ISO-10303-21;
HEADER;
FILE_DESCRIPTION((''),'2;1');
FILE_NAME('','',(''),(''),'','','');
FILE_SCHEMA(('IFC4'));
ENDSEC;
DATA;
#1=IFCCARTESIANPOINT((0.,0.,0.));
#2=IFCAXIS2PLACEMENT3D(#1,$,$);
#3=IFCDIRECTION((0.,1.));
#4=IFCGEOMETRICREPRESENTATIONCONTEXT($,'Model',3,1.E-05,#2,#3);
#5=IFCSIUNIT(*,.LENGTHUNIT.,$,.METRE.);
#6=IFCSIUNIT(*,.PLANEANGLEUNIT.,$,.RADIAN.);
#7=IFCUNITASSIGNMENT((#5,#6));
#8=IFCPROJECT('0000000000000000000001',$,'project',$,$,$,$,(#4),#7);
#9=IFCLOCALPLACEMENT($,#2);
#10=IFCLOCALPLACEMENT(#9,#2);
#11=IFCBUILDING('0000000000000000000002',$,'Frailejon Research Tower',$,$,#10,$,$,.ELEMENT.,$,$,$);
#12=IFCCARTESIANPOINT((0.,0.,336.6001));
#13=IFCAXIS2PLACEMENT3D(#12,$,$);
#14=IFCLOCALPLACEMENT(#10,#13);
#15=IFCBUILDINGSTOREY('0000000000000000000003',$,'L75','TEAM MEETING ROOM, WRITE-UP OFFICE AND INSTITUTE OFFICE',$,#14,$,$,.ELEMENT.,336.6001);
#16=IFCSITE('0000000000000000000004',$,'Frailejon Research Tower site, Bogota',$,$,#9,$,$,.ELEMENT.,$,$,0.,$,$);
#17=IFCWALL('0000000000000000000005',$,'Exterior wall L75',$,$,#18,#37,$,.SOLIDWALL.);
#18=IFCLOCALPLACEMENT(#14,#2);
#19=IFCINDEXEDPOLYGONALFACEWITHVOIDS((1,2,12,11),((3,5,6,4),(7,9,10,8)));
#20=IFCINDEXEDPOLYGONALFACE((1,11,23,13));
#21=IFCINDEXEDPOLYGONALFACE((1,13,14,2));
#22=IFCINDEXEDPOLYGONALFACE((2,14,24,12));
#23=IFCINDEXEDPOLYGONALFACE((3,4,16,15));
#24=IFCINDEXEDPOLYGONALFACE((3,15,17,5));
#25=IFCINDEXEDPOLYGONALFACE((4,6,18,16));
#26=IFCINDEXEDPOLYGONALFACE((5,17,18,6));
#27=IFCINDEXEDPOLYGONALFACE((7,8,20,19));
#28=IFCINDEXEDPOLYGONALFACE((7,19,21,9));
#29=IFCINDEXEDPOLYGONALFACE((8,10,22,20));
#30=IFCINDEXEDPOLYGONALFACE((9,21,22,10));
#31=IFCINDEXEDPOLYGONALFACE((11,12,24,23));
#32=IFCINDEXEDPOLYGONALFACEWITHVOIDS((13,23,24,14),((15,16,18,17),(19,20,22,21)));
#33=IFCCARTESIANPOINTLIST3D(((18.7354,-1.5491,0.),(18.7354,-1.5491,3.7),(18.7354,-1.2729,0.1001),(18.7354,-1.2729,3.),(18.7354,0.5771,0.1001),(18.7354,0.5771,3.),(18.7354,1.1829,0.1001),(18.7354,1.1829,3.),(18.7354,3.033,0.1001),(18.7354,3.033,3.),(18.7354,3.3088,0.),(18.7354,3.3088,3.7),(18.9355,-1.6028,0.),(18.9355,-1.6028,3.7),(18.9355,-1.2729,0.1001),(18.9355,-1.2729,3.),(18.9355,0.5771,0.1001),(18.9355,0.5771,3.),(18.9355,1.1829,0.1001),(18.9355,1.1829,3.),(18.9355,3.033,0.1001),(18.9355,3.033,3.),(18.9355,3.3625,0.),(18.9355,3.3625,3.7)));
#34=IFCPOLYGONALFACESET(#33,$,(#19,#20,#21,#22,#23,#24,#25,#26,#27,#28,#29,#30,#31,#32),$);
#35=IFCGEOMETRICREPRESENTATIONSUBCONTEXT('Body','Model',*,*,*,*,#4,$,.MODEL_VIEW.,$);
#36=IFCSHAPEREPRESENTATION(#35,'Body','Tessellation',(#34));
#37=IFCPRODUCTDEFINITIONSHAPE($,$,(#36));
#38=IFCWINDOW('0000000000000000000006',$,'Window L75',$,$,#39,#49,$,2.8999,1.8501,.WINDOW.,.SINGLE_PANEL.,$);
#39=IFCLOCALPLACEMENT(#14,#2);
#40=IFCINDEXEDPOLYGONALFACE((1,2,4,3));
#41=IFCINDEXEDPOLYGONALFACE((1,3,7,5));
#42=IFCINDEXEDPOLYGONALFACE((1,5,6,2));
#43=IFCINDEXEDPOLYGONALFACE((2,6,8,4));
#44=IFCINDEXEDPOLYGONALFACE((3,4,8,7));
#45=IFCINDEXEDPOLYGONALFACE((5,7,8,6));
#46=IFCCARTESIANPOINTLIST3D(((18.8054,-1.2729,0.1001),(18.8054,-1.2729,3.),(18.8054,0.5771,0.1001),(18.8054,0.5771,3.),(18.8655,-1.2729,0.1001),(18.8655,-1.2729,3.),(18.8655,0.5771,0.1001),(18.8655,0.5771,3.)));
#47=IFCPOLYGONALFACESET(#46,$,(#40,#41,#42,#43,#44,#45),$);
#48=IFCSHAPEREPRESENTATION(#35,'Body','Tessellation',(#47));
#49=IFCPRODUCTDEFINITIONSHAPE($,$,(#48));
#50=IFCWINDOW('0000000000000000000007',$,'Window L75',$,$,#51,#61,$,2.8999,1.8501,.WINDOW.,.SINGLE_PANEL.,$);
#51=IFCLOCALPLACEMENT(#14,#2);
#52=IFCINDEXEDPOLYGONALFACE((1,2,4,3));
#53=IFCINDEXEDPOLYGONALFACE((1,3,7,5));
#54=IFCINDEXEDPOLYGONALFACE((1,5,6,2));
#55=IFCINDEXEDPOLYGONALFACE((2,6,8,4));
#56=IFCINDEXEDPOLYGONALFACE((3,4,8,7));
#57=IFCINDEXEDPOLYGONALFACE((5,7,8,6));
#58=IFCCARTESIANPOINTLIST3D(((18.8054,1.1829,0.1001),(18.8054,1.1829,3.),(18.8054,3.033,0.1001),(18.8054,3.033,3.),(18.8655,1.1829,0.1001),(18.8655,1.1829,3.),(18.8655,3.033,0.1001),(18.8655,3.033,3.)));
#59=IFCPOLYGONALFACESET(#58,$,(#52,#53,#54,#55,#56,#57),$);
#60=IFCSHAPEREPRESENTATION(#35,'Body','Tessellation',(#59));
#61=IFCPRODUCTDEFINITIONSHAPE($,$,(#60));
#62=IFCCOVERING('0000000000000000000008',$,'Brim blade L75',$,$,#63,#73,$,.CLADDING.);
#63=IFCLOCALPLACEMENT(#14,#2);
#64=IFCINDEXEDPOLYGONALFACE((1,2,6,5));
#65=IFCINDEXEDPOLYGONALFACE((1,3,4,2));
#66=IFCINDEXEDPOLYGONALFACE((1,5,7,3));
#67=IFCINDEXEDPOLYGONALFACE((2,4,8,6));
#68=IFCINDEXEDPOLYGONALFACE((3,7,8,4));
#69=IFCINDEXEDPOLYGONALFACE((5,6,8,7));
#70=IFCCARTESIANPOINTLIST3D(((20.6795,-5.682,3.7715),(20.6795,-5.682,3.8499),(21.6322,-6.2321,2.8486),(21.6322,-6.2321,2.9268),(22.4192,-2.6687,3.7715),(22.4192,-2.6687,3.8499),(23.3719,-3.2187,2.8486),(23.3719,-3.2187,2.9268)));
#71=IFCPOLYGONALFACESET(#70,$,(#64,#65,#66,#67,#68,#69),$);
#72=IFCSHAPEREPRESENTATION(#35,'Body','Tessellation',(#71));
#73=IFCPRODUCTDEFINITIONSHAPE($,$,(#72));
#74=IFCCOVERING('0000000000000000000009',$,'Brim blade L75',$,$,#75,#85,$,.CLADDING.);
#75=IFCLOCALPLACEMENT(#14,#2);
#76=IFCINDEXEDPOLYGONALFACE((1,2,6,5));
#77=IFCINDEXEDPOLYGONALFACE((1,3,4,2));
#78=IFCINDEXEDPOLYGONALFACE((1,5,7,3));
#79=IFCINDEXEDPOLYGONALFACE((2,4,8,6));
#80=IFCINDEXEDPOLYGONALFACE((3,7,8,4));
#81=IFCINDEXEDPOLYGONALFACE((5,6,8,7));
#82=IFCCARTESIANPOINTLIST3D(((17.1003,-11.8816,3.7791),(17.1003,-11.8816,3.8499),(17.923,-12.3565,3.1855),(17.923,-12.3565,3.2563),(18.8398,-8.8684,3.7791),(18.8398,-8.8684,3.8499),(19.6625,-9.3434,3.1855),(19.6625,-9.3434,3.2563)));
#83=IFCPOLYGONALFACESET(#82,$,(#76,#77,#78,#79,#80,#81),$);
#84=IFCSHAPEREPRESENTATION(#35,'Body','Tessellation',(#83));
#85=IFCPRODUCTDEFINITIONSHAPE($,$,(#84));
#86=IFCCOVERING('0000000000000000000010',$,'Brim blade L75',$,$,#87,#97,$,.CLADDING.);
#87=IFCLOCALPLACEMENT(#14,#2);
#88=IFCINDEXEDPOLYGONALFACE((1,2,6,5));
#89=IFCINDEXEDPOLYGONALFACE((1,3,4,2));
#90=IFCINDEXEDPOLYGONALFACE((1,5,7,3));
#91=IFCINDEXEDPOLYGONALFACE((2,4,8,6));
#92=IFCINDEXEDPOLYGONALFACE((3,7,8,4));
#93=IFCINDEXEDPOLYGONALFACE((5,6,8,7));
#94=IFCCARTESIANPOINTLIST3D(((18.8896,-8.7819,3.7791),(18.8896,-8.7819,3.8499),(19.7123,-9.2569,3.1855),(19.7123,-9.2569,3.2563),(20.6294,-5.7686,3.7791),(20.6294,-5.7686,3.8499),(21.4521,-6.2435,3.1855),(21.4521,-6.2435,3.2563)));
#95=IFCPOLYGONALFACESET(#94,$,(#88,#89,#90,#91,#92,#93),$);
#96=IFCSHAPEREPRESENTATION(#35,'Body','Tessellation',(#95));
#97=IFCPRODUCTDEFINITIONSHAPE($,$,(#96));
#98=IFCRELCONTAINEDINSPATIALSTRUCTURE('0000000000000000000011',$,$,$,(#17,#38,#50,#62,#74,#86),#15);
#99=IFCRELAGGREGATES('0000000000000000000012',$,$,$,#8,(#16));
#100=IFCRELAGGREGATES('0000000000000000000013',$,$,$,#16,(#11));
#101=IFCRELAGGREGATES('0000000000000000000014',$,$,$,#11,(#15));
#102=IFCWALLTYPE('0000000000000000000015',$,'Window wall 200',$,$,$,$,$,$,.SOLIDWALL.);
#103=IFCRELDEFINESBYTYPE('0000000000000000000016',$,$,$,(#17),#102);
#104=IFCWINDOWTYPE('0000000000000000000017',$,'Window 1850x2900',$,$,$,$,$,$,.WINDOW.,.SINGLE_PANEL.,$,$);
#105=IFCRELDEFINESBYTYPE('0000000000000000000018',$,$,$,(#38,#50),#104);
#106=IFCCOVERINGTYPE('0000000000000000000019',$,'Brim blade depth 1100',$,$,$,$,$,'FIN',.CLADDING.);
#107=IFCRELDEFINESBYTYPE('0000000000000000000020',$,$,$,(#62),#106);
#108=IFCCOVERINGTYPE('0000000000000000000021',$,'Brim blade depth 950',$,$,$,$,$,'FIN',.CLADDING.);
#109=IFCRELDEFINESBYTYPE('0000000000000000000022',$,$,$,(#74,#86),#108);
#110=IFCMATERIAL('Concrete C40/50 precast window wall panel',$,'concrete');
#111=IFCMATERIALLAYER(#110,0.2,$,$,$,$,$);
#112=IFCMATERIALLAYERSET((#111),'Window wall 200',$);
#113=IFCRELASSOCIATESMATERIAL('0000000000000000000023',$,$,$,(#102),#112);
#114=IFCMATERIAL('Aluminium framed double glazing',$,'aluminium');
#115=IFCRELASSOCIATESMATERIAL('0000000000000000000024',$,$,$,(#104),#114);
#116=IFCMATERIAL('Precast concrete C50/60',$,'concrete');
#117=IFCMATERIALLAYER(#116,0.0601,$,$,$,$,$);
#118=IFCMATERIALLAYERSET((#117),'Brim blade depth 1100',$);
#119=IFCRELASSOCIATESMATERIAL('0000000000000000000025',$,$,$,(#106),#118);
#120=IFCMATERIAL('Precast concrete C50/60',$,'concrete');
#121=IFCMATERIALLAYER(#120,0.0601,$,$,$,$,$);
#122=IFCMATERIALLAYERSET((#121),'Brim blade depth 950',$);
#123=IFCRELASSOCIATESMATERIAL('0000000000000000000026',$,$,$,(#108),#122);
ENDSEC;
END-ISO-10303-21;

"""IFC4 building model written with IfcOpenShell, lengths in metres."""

from ifc_helpers import new_model, si_unit, direction, frame, frame_2d, origin, place, context, subcontext, project, spatial, polyline, rectangle, outline, extrude, material, layer, layer_set, type_object, element, fill, save


model = new_model("IFC4")

# Units and contexts
model_context = context("Model", 3, precision=1e-05, world=origin(), true_north=direction((0.0, 1.0)))
body_context = subcontext(model_context, "Body", "Model", "MODEL_VIEW")
ifc_project = project(units=[si_unit("LENGTHUNIT", "METRE"), si_unit("PLANEANGLEUNIT", "RADIAN")], contexts=[model_context])

# Site, building, storey
site_placement = place(None, origin())
site = spatial("IfcSite", under=ifc_project, at=site_placement, Name="Frailejon Research Tower site, Bogota", CompositionType="ELEMENT", RefElevation=0.0)
building_placement = place(site_placement, origin())
building = spatial("IfcBuilding", under=site, at=building_placement, Name="Frailejon Research Tower", CompositionType="ELEMENT")
storey_placement = place(building_placement, frame((0.0, 0.0, 336.6001)))
storey = spatial("IfcBuildingStorey", under=building, at=storey_placement, Name="L75", Description="TEAM MEETING ROOM, WRITE-UP OFFICE AND INSTITUTE OFFICE", CompositionType="ELEMENT", Elevation=336.6001)

# Wall, openings, windows
ifc_material_1 = material(Name="Concrete C40/50 precast window wall panel", Category="concrete")
ifc_layer_1 = layer(ifc_material_1, 0.2)
ifc_layer_set_1 = layer_set([ifc_layer_1], Name="Window wall 200")
wall_type = type_object("IfcWallType", Name="Window wall 200", PredefinedType="SOLIDWALL", material=ifc_layer_set_1)
wall_placement = place(storey_placement, frame((18.8354, -1.5759, 0.0), z_axis=(0.0, 0.0, 1.0), x_axis=(0.0, 1.0, 0.0)))
wall = element("IfcWall", 1, at=wall_placement, inside=storey, type_object=wall_type, Name="Exterior wall L75", PredefinedType="SOLIDWALL", context=body_context, shape_type="SweptSolid", body=[
    extrude(outline(polyline([(-0.0269, -0.1001), (1.2144, -0.1001), (2.4558, -0.1001), (3.6973, -0.1001), (4.9385, -0.1001), (4.8848, 0.1001), (3.6704, 0.1001), (2.4558, 0.1001), (1.2412, 0.1001), (0.0269, 0.1001), (-0.0269, -0.1001)])), origin(), (0.0, 0.0, 1.0), 3.7),
])
opening_1_placement = place(wall_placement, frame((0.303, 0.0, 0.1001)))
opening_1 = element("IfcOpeningElement", 2, at=opening_1_placement, cuts=wall, PredefinedType="OPENING", context=body_context, shape_type="SweptSolid", body=[
    extrude(rectangle(XDim=1.8501, YDim=2.8999, at=frame_2d((0.925, 1.45))), frame((0.0, 0.1099, 0.0), z_axis=(0.0, -1.0, 0.0), x_axis=(1.0, 0.0, 0.0)), (0.0, 0.0, 1.0), 0.22),
])
opening_2_placement = place(wall_placement, frame((2.7588, 0.0, 0.1001)))
opening_2 = element("IfcOpeningElement", 3, at=opening_2_placement, cuts=wall, PredefinedType="OPENING", context=body_context, shape_type="SweptSolid", body=[
    extrude(rectangle(XDim=1.8501, YDim=2.8999, at=frame_2d((0.925, 1.45))), frame((0.0, 0.1099, 0.0), z_axis=(0.0, -1.0, 0.0), x_axis=(1.0, 0.0, 0.0)), (0.0, 0.0, 1.0), 0.22),
])
ifc_material_2 = material(Name="Aluminium framed double glazing", Category="aluminium")
window_type = type_object("IfcWindowType", Name="Window 1850x2900", PartitioningType="SINGLE_PANEL", PredefinedType="WINDOW", material=ifc_material_2)
window_1_placement = place(opening_1_placement, origin())
window_1 = element("IfcWindow", 4, at=window_1_placement, inside=storey, type_object=window_type, Name="Window L75", OverallHeight=2.8999, OverallWidth=1.8501, PartitioningType="SINGLE_PANEL", PredefinedType="WINDOW", context=body_context, shape_type="SweptSolid", body=[
    extrude(rectangle(XDim=1.8501, YDim=2.8999, at=frame_2d((0.925, 1.45))), frame((0.0, 0.03, 0.0), z_axis=(0.0, -1.0, 0.0), x_axis=(1.0, 0.0, 0.0)), (0.0, 0.0, 1.0), 0.0601),
])
fill(opening_1, window_1)
window_2_placement = place(opening_2_placement, origin())
window_2 = element("IfcWindow", 5, at=window_2_placement, inside=storey, type_object=window_type, Name="Window L75", OverallHeight=2.8999, OverallWidth=1.8501, PartitioningType="SINGLE_PANEL", PredefinedType="WINDOW", context=body_context, shape_type="SweptSolid", body=[
    extrude(rectangle(XDim=1.8501, YDim=2.8999, at=frame_2d((0.925, 1.45))), frame((0.0, 0.03, 0.0), z_axis=(0.0, -1.0, 0.0), x_axis=(1.0, 0.0, 0.0)), (0.0, 0.0, 1.0), 0.0601),
])
fill(opening_2, window_2)

# Coverings
ifc_material_3 = material(Name="Precast concrete C50/60", Category="concrete")
ifc_layer_2 = layer(ifc_material_3, 0.0601)
ifc_layer_set_2 = layer_set([ifc_layer_2], Name="Brim blade depth 1100")
covering_type_1 = type_object("IfcCoveringType", Name="Brim blade depth 1100", ElementType="FIN", PredefinedType="CLADDING", material=ifc_layer_set_2)
covering_1_placement = place(storey_placement, frame((22.4192, -2.6687, 3.8499), z_axis=(-0.499994, -0.866029, 0.0), x_axis=(0.866029, -0.499994, 0.0)))
element("IfcCovering", 6, at=covering_1_placement, inside=storey, type_object=covering_type_1, Name="Brim blade L75", PredefinedType="CLADDING", context=body_context, shape_type="SweptSolid", body=[
    extrude(outline(polyline([(0.0, -0.0784), (1.1001, -1.0012), (1.1001, -0.9231), (0.0, 0.0), (0.0, -0.0784)])), origin(), (0.0, 0.0, 1.0), 3.4795),
])
ifc_material_4 = material(Name="Precast concrete C50/60", Category="concrete")
ifc_layer_3 = layer(ifc_material_4, 0.0601)
ifc_layer_set_3 = layer_set([ifc_layer_3], Name="Brim blade depth 950")
covering_type_2 = type_object("IfcCoveringType", Name="Brim blade depth 950", ElementType="FIN", PredefinedType="CLADDING", material=ifc_layer_set_3)
covering_2_placement = place(storey_placement, frame((18.8398, -8.8684, 3.8499), z_axis=(-0.499985, -0.866034, 0.0), x_axis=(0.866034, -0.499985, 0.0)))
element("IfcCovering", 7, at=covering_2_placement, inside=storey, type_object=covering_type_2, Name="Brim blade L75", PredefinedType="CLADDING", context=body_context, shape_type="SweptSolid", body=[
    extrude(outline(polyline([(0.0, -0.0708), (0.95, -0.6643), (0.95, -0.5935), (0.0, 0.0), (0.0, -0.0708)])), origin(), (0.0, 0.0, 1.0), 3.4792),
])
covering_3_placement = place(storey_placement, frame((20.6294, -5.7686, 3.8499), z_axis=(-0.500006, -0.866022, 0.0), x_axis=(0.866022, -0.500006, 0.0)))
element("IfcCovering", 8, at=covering_3_placement, inside=storey, type_object=covering_type_2, Name="Brim blade L75", PredefinedType="CLADDING", context=body_context, shape_type="SweptSolid", body=[
    extrude(outline(polyline([(0.0, -0.0708), (0.95, -0.6643), (0.95, -0.5935), (0.0, 0.0), (0.0, -0.0708)])), origin(), (0.0, 0.0, 1.0), 3.4795),
])

save(model, "model.ifc")
